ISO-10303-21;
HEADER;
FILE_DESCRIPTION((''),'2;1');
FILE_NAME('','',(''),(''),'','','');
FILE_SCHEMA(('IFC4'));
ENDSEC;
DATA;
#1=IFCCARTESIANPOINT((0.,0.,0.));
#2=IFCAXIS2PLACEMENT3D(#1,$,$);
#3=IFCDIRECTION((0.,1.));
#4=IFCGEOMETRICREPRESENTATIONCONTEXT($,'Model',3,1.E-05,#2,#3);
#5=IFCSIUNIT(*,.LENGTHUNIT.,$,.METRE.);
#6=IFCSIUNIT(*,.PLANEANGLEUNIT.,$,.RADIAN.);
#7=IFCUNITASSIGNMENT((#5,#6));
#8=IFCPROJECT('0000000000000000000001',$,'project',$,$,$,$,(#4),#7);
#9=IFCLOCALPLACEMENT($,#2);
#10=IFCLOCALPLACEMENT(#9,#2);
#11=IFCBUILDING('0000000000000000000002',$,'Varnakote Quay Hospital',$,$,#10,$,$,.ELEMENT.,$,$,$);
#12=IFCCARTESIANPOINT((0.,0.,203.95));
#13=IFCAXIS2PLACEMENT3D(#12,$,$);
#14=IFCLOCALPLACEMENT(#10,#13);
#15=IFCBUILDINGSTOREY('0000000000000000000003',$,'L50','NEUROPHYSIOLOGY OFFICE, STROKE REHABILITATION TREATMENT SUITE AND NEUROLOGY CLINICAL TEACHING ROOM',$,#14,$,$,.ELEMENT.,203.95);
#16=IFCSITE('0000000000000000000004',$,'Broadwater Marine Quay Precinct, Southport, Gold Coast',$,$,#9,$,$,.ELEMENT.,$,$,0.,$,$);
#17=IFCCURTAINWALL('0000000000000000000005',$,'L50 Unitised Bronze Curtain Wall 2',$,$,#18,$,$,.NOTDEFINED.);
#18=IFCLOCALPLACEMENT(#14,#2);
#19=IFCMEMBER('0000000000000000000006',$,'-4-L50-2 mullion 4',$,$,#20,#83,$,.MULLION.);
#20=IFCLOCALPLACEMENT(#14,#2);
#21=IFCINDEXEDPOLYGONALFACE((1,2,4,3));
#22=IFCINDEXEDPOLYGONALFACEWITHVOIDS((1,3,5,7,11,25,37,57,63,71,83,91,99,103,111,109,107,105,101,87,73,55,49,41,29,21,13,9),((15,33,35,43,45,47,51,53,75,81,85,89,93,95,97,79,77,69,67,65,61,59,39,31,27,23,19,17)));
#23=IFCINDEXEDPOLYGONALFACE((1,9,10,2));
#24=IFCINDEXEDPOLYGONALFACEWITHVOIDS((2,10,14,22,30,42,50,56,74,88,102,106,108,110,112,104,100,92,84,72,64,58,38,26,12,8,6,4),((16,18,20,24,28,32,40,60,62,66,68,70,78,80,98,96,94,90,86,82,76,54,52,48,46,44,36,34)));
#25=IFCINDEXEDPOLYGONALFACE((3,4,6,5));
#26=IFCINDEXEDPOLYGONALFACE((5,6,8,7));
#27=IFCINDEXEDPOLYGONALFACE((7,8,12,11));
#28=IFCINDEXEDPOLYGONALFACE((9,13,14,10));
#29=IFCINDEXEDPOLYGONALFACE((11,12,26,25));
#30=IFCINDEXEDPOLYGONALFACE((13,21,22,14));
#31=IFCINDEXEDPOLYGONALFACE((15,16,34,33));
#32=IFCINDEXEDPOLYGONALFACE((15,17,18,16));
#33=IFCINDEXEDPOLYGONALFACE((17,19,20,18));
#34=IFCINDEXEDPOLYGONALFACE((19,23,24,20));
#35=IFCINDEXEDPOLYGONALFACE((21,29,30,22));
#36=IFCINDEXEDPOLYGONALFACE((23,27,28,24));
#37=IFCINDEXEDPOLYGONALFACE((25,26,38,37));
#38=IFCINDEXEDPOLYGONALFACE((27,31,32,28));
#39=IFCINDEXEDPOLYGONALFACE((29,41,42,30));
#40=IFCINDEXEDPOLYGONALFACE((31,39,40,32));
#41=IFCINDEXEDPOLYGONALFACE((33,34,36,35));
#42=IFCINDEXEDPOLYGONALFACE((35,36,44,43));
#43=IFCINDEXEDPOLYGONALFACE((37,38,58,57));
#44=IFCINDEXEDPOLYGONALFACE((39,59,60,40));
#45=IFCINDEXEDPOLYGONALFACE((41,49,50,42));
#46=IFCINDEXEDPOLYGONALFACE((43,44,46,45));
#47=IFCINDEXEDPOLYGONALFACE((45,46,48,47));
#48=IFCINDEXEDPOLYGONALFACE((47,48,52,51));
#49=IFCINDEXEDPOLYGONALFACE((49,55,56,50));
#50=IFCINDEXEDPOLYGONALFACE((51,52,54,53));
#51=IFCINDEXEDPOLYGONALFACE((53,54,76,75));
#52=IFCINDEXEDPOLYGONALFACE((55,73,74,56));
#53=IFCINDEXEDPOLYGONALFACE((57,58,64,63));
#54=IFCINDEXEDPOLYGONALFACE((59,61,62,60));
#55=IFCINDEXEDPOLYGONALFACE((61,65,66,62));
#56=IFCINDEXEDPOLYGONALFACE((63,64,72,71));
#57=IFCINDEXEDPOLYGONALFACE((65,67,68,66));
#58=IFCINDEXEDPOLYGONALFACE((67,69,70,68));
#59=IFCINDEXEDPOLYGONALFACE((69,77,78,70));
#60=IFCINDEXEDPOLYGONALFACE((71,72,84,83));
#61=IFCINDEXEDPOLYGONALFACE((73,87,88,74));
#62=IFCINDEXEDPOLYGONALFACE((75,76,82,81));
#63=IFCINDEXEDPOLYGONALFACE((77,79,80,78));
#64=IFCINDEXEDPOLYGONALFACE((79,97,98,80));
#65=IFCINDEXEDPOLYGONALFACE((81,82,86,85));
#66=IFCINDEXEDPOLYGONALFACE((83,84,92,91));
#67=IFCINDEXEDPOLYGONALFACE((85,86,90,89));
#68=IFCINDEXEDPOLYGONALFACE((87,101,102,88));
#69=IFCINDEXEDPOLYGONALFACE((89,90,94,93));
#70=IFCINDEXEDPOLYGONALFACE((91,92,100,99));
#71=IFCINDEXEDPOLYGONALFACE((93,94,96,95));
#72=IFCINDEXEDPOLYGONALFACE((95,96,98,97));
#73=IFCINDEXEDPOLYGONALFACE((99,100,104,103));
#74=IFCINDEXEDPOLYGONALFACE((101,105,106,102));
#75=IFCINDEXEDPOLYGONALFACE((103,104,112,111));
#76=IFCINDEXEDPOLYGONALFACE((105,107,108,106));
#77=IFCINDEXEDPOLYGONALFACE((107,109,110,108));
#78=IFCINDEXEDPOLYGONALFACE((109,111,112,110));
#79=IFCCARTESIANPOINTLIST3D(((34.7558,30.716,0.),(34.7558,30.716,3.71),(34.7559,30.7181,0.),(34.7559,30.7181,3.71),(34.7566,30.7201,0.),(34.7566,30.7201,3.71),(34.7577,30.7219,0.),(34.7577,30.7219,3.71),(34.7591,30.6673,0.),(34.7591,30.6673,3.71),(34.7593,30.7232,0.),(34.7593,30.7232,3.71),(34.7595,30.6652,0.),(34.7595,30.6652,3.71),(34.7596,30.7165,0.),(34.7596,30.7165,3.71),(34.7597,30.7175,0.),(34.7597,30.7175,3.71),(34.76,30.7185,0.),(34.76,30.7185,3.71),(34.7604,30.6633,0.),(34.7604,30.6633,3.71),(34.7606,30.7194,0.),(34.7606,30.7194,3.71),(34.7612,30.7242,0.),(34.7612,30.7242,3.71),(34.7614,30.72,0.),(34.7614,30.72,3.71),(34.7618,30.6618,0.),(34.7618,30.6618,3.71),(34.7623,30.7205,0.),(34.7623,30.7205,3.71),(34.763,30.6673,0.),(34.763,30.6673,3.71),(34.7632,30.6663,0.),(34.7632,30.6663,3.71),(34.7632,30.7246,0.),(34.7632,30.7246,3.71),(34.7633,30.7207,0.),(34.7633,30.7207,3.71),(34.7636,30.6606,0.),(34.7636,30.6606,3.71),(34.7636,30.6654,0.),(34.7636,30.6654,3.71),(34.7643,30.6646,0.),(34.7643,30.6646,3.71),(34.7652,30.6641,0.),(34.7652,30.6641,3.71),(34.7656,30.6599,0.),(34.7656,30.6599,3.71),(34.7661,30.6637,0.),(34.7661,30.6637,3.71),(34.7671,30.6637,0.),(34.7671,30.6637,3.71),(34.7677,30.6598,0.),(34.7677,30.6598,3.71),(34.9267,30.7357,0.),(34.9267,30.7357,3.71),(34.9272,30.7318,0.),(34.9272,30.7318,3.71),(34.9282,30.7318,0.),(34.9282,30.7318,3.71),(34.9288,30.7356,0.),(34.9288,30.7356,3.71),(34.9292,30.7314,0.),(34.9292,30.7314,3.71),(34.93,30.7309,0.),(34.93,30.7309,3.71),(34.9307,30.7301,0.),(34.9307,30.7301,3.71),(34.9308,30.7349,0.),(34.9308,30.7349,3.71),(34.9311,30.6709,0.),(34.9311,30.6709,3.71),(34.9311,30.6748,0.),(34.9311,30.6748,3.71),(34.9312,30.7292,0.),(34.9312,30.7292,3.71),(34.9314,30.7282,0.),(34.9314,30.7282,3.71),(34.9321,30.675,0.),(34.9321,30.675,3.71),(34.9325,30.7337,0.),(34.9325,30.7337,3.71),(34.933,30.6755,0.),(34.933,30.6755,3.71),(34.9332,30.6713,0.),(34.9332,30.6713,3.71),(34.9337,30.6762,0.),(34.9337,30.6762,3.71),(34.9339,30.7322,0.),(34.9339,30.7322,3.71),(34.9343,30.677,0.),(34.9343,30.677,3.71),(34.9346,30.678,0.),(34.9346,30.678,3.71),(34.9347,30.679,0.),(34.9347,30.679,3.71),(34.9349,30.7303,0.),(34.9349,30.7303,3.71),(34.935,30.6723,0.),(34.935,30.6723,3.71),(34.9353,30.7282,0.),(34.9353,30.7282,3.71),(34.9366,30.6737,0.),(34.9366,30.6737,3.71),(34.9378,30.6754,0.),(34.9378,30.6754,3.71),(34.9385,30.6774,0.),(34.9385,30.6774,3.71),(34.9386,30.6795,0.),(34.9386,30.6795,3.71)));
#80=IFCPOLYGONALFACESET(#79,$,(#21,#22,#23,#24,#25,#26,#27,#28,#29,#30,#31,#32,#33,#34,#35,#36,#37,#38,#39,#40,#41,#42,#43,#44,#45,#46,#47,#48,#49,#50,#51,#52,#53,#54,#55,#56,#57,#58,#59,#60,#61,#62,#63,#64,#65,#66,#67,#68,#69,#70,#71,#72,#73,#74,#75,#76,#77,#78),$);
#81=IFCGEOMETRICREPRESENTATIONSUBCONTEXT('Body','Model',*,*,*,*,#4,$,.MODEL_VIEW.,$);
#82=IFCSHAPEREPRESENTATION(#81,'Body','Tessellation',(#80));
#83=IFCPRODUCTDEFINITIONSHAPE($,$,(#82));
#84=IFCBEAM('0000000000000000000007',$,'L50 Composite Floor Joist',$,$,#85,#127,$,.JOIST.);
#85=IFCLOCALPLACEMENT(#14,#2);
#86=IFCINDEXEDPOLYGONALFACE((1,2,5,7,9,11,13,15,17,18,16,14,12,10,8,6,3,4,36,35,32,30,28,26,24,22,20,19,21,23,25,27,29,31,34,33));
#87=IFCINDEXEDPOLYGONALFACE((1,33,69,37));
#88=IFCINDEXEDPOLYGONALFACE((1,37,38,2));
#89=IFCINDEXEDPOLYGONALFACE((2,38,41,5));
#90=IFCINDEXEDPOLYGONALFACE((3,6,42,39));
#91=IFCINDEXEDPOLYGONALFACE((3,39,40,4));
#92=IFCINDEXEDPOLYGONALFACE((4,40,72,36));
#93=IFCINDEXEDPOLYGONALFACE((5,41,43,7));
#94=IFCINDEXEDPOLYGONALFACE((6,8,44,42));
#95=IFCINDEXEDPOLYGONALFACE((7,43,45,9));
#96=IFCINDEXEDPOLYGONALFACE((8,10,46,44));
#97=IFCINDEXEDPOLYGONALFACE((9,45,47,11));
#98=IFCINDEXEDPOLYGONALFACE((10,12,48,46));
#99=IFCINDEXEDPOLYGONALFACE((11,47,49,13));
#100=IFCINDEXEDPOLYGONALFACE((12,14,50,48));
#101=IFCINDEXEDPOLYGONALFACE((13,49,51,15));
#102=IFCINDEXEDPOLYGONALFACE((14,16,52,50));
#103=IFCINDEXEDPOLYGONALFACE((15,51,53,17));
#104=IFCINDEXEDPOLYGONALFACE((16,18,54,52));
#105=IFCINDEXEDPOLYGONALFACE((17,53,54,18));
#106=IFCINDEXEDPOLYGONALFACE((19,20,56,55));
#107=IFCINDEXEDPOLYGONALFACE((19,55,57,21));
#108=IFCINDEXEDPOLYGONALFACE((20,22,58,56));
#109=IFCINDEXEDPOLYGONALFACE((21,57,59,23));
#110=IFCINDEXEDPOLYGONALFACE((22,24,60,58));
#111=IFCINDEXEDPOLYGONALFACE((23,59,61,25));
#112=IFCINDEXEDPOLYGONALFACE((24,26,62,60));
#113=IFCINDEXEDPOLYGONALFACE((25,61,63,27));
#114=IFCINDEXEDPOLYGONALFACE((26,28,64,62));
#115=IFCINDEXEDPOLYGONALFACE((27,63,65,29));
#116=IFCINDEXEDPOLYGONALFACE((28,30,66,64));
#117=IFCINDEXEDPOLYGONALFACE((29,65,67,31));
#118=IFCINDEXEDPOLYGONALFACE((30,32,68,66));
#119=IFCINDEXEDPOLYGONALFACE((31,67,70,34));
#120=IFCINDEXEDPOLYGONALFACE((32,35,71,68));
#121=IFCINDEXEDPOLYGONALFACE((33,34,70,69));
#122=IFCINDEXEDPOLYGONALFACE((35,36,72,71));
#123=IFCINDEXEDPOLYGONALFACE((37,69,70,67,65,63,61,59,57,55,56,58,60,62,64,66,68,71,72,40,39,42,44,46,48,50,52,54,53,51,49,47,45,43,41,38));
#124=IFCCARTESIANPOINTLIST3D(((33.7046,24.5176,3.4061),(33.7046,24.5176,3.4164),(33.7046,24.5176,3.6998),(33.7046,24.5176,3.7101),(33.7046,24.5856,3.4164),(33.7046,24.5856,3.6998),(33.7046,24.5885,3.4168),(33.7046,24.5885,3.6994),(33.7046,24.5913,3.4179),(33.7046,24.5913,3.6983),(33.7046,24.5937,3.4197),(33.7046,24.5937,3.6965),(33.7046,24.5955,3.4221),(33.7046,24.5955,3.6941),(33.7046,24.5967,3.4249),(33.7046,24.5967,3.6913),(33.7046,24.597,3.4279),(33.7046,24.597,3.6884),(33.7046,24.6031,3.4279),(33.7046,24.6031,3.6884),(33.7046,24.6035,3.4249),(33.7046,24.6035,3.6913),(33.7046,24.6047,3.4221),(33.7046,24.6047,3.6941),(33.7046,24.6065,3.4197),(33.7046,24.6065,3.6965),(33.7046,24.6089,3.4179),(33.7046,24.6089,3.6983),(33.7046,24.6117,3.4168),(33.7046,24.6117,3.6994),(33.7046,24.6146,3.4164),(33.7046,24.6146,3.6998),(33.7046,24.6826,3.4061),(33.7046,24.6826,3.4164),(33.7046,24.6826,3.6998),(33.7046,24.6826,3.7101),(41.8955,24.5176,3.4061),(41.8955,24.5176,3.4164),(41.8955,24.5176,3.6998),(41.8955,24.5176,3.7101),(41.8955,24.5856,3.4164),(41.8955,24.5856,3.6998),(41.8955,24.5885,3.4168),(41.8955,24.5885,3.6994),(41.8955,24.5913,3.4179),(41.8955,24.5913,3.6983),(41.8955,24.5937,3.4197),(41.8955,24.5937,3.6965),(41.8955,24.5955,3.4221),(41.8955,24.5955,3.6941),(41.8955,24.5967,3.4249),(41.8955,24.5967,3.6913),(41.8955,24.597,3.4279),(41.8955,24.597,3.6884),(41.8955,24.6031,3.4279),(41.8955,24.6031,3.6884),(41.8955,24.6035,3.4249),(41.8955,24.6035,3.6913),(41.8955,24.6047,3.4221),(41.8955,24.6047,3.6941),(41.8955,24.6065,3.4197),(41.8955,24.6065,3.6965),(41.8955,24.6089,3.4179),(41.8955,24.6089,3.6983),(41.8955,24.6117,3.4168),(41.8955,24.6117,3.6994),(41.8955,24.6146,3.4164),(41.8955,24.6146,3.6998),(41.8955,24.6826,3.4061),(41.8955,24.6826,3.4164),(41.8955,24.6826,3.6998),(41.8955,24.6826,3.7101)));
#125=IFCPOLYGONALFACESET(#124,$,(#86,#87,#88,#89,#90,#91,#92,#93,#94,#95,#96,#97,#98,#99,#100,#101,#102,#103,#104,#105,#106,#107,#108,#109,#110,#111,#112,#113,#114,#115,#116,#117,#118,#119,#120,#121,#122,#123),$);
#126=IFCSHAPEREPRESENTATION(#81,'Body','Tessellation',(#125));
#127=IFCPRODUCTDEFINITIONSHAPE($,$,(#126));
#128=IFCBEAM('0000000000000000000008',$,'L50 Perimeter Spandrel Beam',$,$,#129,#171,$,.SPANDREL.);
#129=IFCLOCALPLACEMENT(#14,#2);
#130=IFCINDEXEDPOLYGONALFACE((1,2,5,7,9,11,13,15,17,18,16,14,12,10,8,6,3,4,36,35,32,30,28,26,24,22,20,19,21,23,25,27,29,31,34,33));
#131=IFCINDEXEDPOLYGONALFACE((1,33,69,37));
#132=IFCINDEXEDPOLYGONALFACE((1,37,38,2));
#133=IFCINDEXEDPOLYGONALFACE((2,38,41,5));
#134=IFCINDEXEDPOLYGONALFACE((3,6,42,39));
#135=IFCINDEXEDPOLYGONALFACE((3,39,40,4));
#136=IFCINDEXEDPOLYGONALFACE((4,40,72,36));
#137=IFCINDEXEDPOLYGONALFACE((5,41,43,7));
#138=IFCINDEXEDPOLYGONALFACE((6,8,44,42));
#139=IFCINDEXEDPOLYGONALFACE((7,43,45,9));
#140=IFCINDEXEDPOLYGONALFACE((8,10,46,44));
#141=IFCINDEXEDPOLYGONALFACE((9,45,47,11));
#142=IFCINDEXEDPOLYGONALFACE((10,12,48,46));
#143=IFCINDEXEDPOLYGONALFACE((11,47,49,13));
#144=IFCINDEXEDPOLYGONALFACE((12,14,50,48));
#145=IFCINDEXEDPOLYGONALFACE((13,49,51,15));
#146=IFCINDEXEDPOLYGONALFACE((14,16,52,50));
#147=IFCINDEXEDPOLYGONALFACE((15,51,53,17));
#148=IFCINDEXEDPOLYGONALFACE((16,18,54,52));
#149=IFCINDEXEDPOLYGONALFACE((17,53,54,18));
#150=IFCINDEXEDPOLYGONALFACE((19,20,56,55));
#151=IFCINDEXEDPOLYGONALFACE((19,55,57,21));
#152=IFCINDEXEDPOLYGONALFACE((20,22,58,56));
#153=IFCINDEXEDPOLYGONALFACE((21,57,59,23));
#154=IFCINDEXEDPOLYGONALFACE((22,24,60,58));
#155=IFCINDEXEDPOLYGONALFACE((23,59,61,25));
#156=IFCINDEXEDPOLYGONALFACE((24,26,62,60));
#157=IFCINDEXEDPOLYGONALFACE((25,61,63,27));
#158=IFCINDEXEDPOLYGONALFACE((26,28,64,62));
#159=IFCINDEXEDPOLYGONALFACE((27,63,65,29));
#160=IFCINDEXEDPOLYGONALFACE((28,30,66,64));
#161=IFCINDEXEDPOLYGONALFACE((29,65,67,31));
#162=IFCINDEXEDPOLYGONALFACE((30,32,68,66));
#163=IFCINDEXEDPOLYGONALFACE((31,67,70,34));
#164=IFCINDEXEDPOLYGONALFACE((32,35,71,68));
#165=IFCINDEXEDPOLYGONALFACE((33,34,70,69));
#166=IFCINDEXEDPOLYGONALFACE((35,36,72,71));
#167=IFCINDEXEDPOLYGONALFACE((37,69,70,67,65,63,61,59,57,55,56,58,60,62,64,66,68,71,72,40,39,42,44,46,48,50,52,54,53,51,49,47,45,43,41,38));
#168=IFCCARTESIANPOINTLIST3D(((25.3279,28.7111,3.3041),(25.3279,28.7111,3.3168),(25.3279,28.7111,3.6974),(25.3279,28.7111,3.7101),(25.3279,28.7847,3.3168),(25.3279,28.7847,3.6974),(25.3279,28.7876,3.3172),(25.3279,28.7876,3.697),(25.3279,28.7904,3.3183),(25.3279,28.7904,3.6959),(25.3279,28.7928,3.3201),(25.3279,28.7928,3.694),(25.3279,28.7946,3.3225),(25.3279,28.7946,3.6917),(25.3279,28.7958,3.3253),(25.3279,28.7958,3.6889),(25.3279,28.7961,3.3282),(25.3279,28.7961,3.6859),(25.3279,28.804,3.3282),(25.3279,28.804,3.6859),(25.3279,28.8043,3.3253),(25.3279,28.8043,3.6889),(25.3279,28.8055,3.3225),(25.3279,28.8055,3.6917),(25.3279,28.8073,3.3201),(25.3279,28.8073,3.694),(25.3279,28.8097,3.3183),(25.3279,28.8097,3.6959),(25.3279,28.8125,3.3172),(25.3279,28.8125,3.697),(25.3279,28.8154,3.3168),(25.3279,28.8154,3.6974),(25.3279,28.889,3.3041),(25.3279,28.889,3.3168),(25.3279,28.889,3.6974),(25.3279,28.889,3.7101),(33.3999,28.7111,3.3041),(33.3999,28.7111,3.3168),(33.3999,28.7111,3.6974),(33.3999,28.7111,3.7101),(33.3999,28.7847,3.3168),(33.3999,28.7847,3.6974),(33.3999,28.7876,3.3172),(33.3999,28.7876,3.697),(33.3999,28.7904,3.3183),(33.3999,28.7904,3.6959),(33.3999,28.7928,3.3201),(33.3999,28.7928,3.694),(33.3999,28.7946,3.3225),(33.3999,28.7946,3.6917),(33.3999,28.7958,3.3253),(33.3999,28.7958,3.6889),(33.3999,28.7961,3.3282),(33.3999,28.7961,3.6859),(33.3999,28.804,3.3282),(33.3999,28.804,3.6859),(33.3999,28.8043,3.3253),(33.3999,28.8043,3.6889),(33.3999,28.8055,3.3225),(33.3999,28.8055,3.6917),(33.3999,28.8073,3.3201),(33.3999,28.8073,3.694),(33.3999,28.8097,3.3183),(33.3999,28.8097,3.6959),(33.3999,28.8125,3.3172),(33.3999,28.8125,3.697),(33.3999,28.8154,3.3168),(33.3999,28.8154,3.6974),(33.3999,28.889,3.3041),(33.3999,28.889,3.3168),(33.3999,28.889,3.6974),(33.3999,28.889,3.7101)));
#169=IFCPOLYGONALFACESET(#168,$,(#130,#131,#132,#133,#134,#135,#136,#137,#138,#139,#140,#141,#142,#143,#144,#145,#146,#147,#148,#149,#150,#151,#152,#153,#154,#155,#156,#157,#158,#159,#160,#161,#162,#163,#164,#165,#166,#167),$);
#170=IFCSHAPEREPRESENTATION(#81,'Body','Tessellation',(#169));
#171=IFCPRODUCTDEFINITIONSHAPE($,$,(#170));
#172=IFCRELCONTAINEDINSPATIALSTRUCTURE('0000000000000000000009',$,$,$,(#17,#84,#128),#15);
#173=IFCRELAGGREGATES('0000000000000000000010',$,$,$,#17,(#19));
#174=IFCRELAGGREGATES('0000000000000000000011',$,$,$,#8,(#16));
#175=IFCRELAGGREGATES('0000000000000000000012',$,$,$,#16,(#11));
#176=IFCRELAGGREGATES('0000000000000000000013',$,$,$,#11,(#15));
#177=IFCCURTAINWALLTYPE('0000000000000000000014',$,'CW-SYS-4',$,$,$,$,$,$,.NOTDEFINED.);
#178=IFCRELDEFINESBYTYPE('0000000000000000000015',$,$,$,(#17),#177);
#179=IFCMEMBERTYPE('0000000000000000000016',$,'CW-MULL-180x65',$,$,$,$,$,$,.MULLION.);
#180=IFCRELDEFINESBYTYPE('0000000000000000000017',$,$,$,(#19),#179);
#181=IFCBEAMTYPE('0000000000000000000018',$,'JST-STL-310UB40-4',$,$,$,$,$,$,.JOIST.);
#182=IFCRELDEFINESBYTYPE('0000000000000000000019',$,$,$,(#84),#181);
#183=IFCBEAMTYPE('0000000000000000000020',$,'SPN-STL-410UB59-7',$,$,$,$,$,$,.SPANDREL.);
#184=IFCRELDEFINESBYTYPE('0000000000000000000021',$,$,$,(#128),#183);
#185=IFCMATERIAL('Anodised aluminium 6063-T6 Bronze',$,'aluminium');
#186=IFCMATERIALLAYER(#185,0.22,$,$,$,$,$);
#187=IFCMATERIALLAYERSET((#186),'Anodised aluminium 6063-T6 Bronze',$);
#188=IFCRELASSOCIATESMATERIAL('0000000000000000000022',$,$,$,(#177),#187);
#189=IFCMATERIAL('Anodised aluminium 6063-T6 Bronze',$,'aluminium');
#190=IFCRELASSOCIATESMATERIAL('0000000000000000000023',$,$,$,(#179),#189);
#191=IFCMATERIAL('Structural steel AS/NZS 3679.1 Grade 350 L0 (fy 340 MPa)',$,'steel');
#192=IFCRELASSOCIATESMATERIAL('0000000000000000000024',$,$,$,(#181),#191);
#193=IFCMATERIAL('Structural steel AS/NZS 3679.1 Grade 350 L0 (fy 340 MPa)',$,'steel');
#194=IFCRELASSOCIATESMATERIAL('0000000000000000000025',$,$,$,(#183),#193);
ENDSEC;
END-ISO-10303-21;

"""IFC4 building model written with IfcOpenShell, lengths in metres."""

from ifc_helpers import new_model, si_unit, direction, frame, origin, origin_2d, place, context, subcontext, project, spatial, hollow_rectangle, i_section, extrude, material, layer, layer_set, material_profile, profile_set, type_object, element, aggregate, save


model = new_model("IFC4")

# Units and contexts
model_context = context("Model", 3, precision=1e-05, world=origin(), true_north=direction((0.0, 1.0)))
body_context = subcontext(model_context, "Body", "Model", "MODEL_VIEW")
ifc_project = project(units=[si_unit("LENGTHUNIT", "METRE"), si_unit("PLANEANGLEUNIT", "RADIAN")], contexts=[model_context])

# Site, building, storey
site_placement = place(None, origin())
site = spatial("IfcSite", under=ifc_project, at=site_placement, Name="Broadwater Marine Quay Precinct, Southport, Gold Coast", CompositionType="ELEMENT", RefElevation=0.0)
building_placement = place(site_placement, origin())
building = spatial("IfcBuilding", under=site, at=building_placement, Name="Varnakote Quay Hospital", CompositionType="ELEMENT")
storey_placement = place(building_placement, frame((0.0, 0.0, 203.95)))
storey = spatial("IfcBuildingStorey", under=building, at=storey_placement, Name="L50", Description="NEUROPHYSIOLOGY OFFICE, STROKE REHABILITATION TREATMENT SUITE AND NEUROLOGY CLINICAL TEACHING ROOM", CompositionType="ELEMENT", Elevation=203.95)

# Curtain wall, member
ifc_material_1 = material(Name="Anodised aluminium 6063-T6 Bronze", Category="aluminium")
ifc_layer_1 = layer(ifc_material_1, 0.22)
ifc_layer_set_1 = layer_set([ifc_layer_1], Name="Anodised aluminium 6063-T6 Bronze")
curtain_wall_type = type_object("IfcCurtainWallType", Name="CW-SYS-4", PredefinedType="NOTDEFINED", material=ifc_layer_set_1)
curtain_wall_placement = place(storey_placement, origin())
curtain_wall = element("IfcCurtainWall", 1, at=curtain_wall_placement, inside=storey, type_object=curtain_wall_type, Name="L50 Unitised Bronze Curtain Wall 2", PredefinedType="NOTDEFINED")
ifc_material_2 = material(Name="Anodised aluminium 6063-T6 Bronze", Category="aluminium")
ifc_material_profile_1 = material_profile(ifc_material_2, hollow_rectangle(XDim=0.0649, YDim=0.1799, WallThickness=0.0039, InnerFilletRadius=0.0039, OuterFilletRadius=0.0081, at=origin_2d()), Name="CW-MULL-180x65")
ifc_profile_set_1 = profile_set([ifc_material_profile_1], Name="Anodised aluminium 6063-T6 Bronze")
member_type = type_object("IfcMemberType", Name="CW-MULL-180x65", PredefinedType="MULLION", material=ifc_profile_set_1)
member_placement = place(storey_placement, frame((34.8472, 30.6978, 0.0), z_axis=(0.0, 0.0, 1.0), x_axis=(0.067842, -0.997696, 0.0)))
member = element("IfcMember", 2, at=member_placement, type_object=member_type, Name="-4-L50-2 mullion 4", PredefinedType="MULLION", context=body_context, shape_type="SweptSolid", body=[
    extrude(hollow_rectangle(XDim=0.0649, YDim=0.1799, WallThickness=0.0039, InnerFilletRadius=0.0039, OuterFilletRadius=0.0081, at=origin_2d()), origin(), (0.0, 0.0, 1.0), 3.71),
])
aggregate(curtain_wall, [member])

# Beams
ifc_material_3 = material(Name="Structural steel AS/NZS 3679.1 Grade 350 L0 (fy 340 MPa)", Category="steel")
ifc_material_profile_2 = material_profile(ifc_material_3, i_section(OverallWidth=0.165, OverallDepth=0.304, WebThickness=0.0061, FlangeThickness=0.0103, FilletRadius=0.0115, at=origin_2d()), Name="310UB40.4")
ifc_profile_set_2 = profile_set([ifc_material_profile_2], Name="Structural steel AS/NZS 3679.1 Grade 350 L0 (fy 340 MPa)")
beam_type_1 = type_object("IfcBeamType", Name="JST-STL-310UB40-4", PredefinedType="JOIST", material=ifc_profile_set_2)
beam_1_placement = place(storey_placement, frame((33.7046, 24.6001, 3.5581), z_axis=(1.0, 0.0, 0.0), x_axis=(0.0, 1.0, 0.0)))
element("IfcBeam", 3, at=beam_1_placement, inside=storey, type_object=beam_type_1, Name="L50 Composite Floor Joist", PredefinedType="JOIST", context=body_context, shape_type="SweptSolid", body=[
    extrude(i_section(OverallWidth=0.165, OverallDepth=0.304, WebThickness=0.0061, FlangeThickness=0.0103, FilletRadius=0.0115, at=origin_2d()), origin(), (0.0, 0.0, 1.0), 8.1909),
])
ifc_material_4 = material(Name="Structural steel AS/NZS 3679.1 Grade 350 L0 (fy 340 MPa)", Category="steel")
ifc_material_profile_3 = material_profile(ifc_material_4, i_section(OverallWidth=0.178, OverallDepth=0.406, WebThickness=0.0078, FlangeThickness=0.0127, FilletRadius=0.0115, at=origin_2d()), Name="410UB59.7")
ifc_profile_set_3 = profile_set([ifc_material_profile_3], Name="Structural steel AS/NZS 3679.1 Grade 350 L0 (fy 340 MPa)")
beam_type_2 = type_object("IfcBeamType", Name="SPN-STL-410UB59-7", PredefinedType="SPANDREL", material=ifc_profile_set_3)
for number, where, z_axis, x_axis, name in (
    (4, (25.3279, 28.8, 3.5071), (1.0, 0.0, 0.0), (0.0, 1.0, 0.0), "L50 Perimeter Spandrel Beam"),
):
    element("IfcBeam", number, at=place(storey_placement, frame(where, z_axis=z_axis, x_axis=x_axis)), inside=storey, type_object=beam_type_2, Name=name, PredefinedType="SPANDREL", context=body_context, shape_type="SweptSolid", body=[
        extrude(i_section(OverallWidth=0.178, OverallDepth=0.406, WebThickness=0.0078, FlangeThickness=0.0127, FilletRadius=0.0115, at=origin_2d()), origin(), (0.0, 0.0, 1.0), 8.072),
    ])

save(model, "model.ifc")
